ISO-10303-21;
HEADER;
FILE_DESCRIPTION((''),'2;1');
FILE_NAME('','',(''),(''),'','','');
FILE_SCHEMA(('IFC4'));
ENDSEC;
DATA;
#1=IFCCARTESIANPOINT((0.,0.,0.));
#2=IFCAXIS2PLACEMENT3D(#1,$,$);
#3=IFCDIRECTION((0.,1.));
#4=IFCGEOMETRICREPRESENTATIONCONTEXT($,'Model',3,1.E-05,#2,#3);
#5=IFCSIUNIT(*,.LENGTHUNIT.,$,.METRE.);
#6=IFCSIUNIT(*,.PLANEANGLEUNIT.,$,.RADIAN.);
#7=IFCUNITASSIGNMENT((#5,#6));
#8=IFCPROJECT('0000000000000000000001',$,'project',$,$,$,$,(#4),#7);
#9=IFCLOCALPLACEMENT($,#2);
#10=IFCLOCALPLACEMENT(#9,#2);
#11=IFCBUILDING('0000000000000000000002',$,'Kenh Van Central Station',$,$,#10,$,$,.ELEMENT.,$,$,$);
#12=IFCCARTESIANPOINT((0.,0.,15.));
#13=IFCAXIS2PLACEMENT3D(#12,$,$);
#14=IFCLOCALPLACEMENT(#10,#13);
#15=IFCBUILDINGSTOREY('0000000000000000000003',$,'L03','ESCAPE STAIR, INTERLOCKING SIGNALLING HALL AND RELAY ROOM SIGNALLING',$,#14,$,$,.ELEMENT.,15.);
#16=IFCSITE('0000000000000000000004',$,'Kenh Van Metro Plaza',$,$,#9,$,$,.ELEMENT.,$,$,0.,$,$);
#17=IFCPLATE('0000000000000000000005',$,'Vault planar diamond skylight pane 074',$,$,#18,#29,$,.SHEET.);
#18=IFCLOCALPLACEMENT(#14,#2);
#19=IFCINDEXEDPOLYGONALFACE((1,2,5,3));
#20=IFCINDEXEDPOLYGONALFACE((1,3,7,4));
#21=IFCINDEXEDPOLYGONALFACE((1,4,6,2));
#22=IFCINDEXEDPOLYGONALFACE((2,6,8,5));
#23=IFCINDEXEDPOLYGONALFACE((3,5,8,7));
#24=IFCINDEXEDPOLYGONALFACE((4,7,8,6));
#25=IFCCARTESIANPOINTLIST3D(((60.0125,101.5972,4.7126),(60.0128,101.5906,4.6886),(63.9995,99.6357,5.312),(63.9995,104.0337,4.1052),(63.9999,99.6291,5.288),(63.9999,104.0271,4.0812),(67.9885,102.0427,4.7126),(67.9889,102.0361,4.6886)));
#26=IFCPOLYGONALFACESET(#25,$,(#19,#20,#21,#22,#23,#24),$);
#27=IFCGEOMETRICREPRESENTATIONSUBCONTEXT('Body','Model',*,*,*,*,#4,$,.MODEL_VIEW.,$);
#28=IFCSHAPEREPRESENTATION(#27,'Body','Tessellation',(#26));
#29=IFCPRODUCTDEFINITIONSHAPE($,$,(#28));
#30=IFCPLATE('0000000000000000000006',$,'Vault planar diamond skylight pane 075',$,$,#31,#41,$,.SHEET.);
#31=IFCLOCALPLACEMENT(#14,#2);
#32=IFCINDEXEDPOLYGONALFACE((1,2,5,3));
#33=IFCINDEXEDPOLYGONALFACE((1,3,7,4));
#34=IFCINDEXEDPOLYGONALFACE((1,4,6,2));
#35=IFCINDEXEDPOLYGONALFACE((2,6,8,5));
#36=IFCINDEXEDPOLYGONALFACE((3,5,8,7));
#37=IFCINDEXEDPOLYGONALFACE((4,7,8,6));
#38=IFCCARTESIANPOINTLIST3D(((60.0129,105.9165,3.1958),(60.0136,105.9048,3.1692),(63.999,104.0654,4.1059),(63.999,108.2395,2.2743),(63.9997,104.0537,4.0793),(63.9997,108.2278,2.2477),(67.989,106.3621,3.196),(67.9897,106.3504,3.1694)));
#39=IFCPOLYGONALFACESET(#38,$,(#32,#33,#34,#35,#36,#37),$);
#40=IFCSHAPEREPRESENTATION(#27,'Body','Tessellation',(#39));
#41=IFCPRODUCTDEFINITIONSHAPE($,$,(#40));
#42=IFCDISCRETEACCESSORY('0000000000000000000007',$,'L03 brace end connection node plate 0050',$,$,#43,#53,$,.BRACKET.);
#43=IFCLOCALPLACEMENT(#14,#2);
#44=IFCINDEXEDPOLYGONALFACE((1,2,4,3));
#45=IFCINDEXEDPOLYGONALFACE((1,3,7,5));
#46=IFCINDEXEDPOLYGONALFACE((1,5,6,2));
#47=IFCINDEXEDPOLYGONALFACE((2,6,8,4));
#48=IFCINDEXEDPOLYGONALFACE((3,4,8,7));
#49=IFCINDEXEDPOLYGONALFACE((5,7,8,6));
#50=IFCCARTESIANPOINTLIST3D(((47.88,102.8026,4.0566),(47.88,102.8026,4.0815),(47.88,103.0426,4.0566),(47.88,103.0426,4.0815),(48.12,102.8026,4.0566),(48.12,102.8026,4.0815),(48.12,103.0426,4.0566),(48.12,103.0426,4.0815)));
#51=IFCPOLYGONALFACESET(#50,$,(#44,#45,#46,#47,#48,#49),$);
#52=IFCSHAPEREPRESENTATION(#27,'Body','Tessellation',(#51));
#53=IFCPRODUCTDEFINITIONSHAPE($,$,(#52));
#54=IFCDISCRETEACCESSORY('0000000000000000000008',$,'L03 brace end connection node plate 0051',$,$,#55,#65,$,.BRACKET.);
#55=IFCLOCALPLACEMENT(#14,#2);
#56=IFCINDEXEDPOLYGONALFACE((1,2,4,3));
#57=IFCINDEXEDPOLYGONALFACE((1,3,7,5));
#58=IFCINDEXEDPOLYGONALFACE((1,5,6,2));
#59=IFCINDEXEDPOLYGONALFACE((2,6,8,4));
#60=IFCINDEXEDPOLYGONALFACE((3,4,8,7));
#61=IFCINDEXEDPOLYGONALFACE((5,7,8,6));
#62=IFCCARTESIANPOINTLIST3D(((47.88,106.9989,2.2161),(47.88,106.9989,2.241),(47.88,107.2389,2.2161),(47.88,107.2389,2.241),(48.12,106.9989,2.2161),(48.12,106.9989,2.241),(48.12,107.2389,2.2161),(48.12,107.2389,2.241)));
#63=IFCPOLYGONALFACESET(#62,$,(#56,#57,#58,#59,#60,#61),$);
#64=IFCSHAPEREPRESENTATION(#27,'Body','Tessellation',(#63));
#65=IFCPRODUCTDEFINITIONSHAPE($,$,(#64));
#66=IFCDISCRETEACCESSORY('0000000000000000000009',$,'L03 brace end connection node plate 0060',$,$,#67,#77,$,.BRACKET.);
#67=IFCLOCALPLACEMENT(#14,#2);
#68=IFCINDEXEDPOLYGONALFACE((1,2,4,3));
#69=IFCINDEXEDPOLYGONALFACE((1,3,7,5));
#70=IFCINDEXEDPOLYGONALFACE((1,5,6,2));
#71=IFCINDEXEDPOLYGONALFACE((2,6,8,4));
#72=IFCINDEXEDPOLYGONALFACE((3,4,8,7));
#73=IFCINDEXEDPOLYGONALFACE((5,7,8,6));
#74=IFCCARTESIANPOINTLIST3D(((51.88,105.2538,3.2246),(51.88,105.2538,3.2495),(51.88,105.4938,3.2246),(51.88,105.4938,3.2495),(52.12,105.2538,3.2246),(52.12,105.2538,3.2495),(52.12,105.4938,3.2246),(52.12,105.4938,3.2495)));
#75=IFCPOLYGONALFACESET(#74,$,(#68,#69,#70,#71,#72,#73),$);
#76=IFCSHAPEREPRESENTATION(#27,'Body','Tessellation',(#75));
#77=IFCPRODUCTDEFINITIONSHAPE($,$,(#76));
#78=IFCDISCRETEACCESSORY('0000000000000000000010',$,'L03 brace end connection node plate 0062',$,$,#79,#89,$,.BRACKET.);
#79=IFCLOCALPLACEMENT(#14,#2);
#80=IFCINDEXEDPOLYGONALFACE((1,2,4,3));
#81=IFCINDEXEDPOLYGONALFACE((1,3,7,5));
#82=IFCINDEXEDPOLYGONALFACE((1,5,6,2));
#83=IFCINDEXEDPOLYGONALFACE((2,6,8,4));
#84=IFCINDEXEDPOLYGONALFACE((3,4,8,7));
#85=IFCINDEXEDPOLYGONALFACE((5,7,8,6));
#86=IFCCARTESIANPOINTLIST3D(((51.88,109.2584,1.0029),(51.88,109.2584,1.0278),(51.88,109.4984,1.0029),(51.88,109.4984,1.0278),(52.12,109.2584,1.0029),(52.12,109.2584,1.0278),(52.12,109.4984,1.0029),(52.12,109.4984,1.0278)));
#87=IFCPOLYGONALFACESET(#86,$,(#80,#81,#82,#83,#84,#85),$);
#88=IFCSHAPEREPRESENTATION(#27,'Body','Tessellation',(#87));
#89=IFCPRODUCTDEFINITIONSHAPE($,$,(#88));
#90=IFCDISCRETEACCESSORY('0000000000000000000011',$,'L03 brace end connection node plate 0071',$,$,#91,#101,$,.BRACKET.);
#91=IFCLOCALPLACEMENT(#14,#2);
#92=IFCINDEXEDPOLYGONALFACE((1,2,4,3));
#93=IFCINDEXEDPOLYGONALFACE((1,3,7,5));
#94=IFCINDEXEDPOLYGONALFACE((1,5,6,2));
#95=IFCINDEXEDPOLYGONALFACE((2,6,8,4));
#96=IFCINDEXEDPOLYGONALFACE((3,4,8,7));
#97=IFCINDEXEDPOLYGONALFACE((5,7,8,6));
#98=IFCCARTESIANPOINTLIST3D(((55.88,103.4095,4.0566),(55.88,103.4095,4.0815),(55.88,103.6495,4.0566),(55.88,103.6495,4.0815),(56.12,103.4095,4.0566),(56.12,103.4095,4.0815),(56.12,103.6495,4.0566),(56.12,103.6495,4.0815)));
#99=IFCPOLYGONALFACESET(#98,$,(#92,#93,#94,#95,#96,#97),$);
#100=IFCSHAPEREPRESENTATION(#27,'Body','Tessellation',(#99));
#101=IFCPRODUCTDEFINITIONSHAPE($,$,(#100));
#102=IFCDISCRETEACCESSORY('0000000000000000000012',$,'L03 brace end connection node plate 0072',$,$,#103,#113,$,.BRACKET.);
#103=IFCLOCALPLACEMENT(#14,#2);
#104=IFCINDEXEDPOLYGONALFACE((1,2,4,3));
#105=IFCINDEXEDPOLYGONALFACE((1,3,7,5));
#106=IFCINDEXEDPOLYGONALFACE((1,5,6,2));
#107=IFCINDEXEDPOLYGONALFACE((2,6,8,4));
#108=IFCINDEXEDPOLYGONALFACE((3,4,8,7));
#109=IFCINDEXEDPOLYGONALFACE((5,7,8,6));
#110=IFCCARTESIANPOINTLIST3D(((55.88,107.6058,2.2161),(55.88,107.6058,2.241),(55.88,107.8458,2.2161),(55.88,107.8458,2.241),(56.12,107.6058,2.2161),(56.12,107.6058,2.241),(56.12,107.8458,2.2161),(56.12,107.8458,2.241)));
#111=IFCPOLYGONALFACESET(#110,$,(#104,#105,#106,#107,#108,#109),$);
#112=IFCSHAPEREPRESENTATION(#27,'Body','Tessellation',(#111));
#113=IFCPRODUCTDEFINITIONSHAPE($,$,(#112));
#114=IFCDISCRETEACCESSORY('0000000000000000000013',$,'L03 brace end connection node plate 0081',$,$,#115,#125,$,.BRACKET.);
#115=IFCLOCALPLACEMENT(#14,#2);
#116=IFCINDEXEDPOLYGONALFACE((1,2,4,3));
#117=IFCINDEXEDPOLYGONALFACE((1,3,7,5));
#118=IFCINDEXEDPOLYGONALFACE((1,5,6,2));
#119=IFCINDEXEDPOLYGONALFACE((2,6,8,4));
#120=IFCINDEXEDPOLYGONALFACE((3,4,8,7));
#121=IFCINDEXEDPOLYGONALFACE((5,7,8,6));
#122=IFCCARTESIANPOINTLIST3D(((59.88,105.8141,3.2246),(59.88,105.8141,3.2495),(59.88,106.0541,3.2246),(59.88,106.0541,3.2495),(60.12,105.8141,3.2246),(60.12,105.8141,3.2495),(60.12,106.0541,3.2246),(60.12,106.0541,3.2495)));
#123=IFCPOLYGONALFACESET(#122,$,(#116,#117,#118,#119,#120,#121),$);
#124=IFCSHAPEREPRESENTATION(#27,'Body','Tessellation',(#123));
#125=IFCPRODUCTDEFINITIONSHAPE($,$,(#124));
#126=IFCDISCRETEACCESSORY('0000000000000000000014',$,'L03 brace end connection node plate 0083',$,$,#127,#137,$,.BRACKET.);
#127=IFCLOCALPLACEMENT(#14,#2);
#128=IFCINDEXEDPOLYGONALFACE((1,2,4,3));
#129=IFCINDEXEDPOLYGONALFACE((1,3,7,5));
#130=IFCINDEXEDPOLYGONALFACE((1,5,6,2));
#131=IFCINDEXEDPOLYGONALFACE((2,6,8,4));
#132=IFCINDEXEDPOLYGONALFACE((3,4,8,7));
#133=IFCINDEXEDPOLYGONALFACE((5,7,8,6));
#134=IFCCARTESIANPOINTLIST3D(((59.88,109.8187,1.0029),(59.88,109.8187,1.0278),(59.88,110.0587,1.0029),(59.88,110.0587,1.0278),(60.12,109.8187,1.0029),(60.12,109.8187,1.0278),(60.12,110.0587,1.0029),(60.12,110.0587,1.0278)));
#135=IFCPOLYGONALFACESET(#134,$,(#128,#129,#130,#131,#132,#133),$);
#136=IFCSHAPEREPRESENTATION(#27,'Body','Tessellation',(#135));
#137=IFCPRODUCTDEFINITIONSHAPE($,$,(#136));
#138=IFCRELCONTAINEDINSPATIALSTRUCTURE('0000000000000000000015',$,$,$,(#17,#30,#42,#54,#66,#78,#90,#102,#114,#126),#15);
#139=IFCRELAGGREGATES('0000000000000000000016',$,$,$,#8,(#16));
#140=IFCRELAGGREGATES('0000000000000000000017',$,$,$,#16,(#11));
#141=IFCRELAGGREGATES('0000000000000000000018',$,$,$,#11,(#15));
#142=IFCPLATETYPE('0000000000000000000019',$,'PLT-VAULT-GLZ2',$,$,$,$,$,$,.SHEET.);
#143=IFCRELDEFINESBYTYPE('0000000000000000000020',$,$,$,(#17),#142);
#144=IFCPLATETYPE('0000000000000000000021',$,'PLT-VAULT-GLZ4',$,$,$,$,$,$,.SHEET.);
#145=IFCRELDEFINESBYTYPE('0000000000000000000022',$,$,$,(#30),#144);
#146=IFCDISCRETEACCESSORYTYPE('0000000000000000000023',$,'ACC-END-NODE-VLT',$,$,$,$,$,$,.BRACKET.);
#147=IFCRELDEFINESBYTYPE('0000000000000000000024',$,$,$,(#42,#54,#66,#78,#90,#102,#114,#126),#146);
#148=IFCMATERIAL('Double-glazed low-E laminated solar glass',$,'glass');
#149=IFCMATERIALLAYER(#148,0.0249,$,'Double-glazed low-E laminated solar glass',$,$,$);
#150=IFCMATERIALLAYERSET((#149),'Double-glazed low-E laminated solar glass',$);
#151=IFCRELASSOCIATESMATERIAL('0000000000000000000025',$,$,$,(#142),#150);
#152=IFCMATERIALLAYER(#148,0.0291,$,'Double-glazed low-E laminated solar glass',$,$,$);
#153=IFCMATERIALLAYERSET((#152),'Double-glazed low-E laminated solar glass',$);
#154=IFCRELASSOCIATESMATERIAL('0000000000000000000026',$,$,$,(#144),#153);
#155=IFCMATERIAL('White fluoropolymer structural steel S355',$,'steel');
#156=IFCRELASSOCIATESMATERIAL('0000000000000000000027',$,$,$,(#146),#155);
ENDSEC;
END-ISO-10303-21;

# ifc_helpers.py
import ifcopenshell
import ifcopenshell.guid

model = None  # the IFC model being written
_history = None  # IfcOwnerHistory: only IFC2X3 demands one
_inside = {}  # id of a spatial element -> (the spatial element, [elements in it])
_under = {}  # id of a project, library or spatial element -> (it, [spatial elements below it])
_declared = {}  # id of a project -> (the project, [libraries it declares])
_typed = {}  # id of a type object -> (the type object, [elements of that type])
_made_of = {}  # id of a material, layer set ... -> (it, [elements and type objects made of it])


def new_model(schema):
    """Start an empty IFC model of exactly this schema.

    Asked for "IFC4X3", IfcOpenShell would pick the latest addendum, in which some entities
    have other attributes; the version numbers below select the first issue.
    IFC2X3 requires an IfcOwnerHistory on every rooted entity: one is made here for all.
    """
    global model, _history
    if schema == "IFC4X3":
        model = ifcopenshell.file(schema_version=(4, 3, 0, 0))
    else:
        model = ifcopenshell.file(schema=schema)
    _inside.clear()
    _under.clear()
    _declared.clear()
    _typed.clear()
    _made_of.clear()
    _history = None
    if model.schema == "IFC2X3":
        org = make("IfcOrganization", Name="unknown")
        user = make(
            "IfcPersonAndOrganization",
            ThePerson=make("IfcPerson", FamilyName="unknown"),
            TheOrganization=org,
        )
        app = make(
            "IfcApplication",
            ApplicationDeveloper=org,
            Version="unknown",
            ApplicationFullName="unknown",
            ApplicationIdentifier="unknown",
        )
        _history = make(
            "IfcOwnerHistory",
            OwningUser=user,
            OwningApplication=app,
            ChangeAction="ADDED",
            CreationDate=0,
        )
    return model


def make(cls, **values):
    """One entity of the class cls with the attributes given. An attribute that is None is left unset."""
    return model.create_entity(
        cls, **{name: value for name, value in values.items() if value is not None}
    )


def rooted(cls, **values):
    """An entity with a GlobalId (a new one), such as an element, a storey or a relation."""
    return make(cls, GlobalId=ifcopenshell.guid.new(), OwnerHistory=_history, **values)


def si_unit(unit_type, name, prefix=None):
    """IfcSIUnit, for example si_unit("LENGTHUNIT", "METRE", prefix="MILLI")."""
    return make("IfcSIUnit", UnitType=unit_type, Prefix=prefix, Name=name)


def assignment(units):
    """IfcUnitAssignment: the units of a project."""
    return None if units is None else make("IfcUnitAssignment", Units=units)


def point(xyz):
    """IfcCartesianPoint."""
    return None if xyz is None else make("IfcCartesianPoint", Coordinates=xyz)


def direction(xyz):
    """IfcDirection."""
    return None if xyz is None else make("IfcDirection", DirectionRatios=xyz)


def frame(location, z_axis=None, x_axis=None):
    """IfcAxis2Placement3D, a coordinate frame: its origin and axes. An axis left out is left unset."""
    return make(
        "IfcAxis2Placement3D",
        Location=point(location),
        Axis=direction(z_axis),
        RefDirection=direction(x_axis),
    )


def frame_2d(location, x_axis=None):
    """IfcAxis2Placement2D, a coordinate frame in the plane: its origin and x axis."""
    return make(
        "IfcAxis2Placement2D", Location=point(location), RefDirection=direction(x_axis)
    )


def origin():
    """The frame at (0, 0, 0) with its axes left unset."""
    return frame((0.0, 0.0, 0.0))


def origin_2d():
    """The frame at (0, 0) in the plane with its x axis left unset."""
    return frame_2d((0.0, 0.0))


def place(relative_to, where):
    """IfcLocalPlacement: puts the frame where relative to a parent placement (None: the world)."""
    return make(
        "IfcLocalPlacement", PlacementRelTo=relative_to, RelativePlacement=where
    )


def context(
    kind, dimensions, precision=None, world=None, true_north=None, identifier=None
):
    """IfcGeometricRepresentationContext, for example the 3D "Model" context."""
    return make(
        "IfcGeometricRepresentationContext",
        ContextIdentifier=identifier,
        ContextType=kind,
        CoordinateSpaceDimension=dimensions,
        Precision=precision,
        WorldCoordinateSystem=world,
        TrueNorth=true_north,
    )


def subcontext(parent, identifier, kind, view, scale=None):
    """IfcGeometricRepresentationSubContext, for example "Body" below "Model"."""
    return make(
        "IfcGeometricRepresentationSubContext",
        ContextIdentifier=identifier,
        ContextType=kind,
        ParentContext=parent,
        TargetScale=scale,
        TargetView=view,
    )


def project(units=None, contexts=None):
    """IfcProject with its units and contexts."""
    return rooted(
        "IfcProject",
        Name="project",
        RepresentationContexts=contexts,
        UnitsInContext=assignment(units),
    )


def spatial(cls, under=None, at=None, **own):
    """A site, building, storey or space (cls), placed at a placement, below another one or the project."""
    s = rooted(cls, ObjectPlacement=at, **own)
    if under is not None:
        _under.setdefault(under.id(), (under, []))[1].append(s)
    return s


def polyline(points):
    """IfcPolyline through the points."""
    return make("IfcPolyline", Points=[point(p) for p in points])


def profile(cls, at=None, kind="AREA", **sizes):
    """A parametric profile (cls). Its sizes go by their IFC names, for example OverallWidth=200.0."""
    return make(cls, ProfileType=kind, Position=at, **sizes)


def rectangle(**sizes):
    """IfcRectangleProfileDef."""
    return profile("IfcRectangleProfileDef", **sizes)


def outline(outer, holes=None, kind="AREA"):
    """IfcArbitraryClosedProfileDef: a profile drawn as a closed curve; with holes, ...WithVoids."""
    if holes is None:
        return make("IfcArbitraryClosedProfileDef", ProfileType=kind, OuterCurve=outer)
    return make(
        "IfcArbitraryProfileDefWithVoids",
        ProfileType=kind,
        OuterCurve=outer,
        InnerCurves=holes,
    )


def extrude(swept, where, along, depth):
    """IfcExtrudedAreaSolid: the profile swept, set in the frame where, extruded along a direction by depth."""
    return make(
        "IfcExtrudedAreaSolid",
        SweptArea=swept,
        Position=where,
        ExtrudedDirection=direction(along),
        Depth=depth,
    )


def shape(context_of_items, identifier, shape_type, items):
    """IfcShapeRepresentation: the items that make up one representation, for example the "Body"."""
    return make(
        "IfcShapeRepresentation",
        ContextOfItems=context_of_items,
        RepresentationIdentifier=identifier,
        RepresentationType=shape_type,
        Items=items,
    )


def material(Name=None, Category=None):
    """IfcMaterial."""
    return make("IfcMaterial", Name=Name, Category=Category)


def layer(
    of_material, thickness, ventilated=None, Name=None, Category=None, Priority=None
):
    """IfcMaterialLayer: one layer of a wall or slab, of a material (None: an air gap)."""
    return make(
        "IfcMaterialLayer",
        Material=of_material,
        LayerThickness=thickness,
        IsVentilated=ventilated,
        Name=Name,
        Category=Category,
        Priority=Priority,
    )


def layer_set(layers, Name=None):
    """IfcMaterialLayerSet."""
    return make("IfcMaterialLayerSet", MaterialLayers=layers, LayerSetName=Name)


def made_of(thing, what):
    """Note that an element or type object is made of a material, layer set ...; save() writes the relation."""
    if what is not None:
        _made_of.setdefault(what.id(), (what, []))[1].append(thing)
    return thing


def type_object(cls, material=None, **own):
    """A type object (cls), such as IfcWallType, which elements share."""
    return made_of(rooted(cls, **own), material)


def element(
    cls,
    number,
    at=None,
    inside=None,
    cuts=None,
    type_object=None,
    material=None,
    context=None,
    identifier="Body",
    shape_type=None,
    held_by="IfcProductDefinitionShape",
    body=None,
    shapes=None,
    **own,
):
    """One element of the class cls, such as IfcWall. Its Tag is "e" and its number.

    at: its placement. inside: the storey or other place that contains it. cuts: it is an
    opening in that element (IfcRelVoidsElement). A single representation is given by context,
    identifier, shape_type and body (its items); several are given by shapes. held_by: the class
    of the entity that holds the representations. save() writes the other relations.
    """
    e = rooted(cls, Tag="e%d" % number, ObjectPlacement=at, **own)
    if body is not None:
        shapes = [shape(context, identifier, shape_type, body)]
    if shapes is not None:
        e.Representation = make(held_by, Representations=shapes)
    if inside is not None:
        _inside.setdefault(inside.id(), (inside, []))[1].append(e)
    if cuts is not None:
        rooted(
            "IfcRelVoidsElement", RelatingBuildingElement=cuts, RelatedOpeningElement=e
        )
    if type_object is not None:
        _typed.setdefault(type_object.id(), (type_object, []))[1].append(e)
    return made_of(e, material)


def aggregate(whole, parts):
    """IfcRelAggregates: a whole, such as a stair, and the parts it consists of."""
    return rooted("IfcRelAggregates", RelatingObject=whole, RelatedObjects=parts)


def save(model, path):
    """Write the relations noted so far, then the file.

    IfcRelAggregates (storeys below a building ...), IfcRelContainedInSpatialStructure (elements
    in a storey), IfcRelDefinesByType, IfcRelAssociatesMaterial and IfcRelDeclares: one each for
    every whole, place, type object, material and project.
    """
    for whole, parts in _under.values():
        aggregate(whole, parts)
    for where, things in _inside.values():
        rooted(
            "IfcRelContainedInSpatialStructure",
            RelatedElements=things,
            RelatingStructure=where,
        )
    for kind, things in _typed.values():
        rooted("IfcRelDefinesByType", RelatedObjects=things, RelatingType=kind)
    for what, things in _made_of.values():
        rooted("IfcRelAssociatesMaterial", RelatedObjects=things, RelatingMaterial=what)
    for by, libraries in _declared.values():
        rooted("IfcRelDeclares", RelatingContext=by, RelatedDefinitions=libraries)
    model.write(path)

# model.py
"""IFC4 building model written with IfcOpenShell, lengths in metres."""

from ifc_helpers import new_model, si_unit, direction, frame, origin, origin_2d, place, context, subcontext, project, spatial, polyline, rectangle, outline, extrude, material, layer, layer_set, type_object, element, save


model = new_model("IFC4")

# Units and contexts
model_context = context("Model", 3, precision=1e-05, world=origin(), true_north=direction((0.0, 1.0)))
body_context = subcontext(model_context, "Body", "Model", "MODEL_VIEW")
ifc_project = project(units=[si_unit("LENGTHUNIT", "METRE"), si_unit("PLANEANGLEUNIT", "RADIAN")], contexts=[model_context])

# Site, building, storey
site_placement = place(None, origin())
site = spatial("IfcSite", under=ifc_project, at=site_placement, Name="Kenh Van Metro Plaza", CompositionType="ELEMENT", RefElevation=0.0)
building_placement = place(site_placement, origin())
building = spatial("IfcBuilding", under=site, at=building_placement, Name="Kenh Van Central Station", CompositionType="ELEMENT")
storey_placement = place(building_placement, frame((0.0, 0.0, 15.0)))
storey = spatial("IfcBuildingStorey", under=building, at=storey_placement, Name="L03", Description="ESCAPE STAIR, INTERLOCKING SIGNALLING HALL AND RELAY ROOM SIGNALLING", CompositionType="ELEMENT", Elevation=15.0)

# Shared definitions
ifc_material_1 = material(Name="White fluoropolymer structural steel S355", Category="steel")

# Plates
ifc_material_2 = material(Name="Double-glazed low-E laminated solar glass", Category="glass")
ifc_layer_1 = layer(ifc_material_2, 0.0249, Name="Double-glazed low-E laminated solar glass")
ifc_layer_set_1 = layer_set([ifc_layer_1], Name="Double-glazed low-E laminated solar glass")
plate_type_1 = type_object("IfcPlateType", Name="PLT-VAULT-GLZ2", PredefinedType="SHEET", material=ifc_layer_set_1)
plate_1_placement = place(storey_placement, frame((60.0125, 101.5972, 4.7126), z_axis=(-0.01478, 0.264588, 0.964248), x_axis=(0.889245, -0.437464, 0.13367)))
element("IfcPlate", 1, at=plate_1_placement, inside=storey, type_object=plate_type_1, Name="Vault planar diamond skylight pane 074", PredefinedType="SHEET", context=body_context, shape_type="SweptSolid", body=[
    extrude(outline(polyline([(0.0, 0.0), (4.4836, 0.0), (6.8978, 4.0295), (2.3984, 4.0559), (0.0, 0.0)])), origin(), (0.0, 0.0, -1.0), 0.0249),
])
ifc_layer_2 = layer(ifc_material_2, 0.0291, Name="Double-glazed low-E laminated solar glass")
ifc_layer_set_2 = layer_set([ifc_layer_2], Name="Double-glazed low-E laminated solar glass")
plate_type_2 = type_object("IfcPlateType", Name="PLT-VAULT-GLZ4", PredefinedType="SHEET", material=ifc_layer_set_2)
plate_2_placement = place(storey_placement, frame((60.0129, 105.9165, 3.1958), z_axis=(-0.022468, 0.401709, 0.915492), x_axis=(0.88813, -0.412441, 0.202772)))
element("IfcPlate", 2, at=plate_2_placement, inside=storey, type_object=plate_type_2, Name="Vault planar diamond skylight pane 075", PredefinedType="SHEET", context=body_context, shape_type="SweptSolid", body=[
    extrude(outline(polyline([(0.0, 0.0), (4.4882, 0.0), (6.9001, 4.0256), (2.3952, 4.0493), (0.0, 0.0)])), origin(), (0.0, 0.0, -1.0), 0.0291),
])

# Discrete accessories
discrete_accessory_type = type_object("IfcDiscreteAccessoryType", Name="ACC-END-NODE-VLT", PredefinedType="BRACKET", material=ifc_material_1)
for number, where, z_axis, x_axis, name in (
    (3, (48.0, 102.9226, 4.0566), (0.0, 0.0, 1.0), (1.0, 0.0, 0.0), "L03 brace end connection node plate 0050"),
    (4, (48.0, 107.1189, 2.2161), (0.0, 0.0, 1.0), (1.0, 0.0, 0.0), "L03 brace end connection node plate 0051"),
    (5, (52.0, 105.3738, 3.2246), (0.0, 0.0, 1.0), (1.0, 0.0, 0.0), "L03 brace end connection node plate 0060"),
    (6, (52.0, 109.3784, 1.0029), (0.0, 0.0, 1.0), (1.0, 0.0, 0.0), "L03 brace end connection node plate 0062"),
    (7, (56.0, 103.5295, 4.0566), (0.0, 0.0, 1.0), (1.0, 0.0, 0.0), "L03 brace end connection node plate 0071"),
    (8, (56.0, 107.7258, 2.2161), (0.0, 0.0, 1.0), (1.0, 0.0, 0.0), "L03 brace end connection node plate 0072"),
    (9, (60.0, 105.9341, 3.2246), (0.0, 0.0, 1.0), (1.0, 0.0, 0.0), "L03 brace end connection node plate 0081"),
    (10, (60.0, 109.9387, 1.0029), (0.0, 0.0, 1.0), (1.0, 0.0, 0.0), "L03 brace end connection node plate 0083"),
):
    element("IfcDiscreteAccessory", number, at=place(storey_placement, frame(where, z_axis=z_axis, x_axis=x_axis)), inside=storey, type_object=discrete_accessory_type, Name=name, PredefinedType="BRACKET", context=body_context, shape_type="SweptSolid", body=[
        extrude(rectangle(XDim=0.24, YDim=0.24, at=origin_2d()), origin(), (0.0, 0.0, 1.0), 0.0249),
    ])

save(model, "model.ifc")
